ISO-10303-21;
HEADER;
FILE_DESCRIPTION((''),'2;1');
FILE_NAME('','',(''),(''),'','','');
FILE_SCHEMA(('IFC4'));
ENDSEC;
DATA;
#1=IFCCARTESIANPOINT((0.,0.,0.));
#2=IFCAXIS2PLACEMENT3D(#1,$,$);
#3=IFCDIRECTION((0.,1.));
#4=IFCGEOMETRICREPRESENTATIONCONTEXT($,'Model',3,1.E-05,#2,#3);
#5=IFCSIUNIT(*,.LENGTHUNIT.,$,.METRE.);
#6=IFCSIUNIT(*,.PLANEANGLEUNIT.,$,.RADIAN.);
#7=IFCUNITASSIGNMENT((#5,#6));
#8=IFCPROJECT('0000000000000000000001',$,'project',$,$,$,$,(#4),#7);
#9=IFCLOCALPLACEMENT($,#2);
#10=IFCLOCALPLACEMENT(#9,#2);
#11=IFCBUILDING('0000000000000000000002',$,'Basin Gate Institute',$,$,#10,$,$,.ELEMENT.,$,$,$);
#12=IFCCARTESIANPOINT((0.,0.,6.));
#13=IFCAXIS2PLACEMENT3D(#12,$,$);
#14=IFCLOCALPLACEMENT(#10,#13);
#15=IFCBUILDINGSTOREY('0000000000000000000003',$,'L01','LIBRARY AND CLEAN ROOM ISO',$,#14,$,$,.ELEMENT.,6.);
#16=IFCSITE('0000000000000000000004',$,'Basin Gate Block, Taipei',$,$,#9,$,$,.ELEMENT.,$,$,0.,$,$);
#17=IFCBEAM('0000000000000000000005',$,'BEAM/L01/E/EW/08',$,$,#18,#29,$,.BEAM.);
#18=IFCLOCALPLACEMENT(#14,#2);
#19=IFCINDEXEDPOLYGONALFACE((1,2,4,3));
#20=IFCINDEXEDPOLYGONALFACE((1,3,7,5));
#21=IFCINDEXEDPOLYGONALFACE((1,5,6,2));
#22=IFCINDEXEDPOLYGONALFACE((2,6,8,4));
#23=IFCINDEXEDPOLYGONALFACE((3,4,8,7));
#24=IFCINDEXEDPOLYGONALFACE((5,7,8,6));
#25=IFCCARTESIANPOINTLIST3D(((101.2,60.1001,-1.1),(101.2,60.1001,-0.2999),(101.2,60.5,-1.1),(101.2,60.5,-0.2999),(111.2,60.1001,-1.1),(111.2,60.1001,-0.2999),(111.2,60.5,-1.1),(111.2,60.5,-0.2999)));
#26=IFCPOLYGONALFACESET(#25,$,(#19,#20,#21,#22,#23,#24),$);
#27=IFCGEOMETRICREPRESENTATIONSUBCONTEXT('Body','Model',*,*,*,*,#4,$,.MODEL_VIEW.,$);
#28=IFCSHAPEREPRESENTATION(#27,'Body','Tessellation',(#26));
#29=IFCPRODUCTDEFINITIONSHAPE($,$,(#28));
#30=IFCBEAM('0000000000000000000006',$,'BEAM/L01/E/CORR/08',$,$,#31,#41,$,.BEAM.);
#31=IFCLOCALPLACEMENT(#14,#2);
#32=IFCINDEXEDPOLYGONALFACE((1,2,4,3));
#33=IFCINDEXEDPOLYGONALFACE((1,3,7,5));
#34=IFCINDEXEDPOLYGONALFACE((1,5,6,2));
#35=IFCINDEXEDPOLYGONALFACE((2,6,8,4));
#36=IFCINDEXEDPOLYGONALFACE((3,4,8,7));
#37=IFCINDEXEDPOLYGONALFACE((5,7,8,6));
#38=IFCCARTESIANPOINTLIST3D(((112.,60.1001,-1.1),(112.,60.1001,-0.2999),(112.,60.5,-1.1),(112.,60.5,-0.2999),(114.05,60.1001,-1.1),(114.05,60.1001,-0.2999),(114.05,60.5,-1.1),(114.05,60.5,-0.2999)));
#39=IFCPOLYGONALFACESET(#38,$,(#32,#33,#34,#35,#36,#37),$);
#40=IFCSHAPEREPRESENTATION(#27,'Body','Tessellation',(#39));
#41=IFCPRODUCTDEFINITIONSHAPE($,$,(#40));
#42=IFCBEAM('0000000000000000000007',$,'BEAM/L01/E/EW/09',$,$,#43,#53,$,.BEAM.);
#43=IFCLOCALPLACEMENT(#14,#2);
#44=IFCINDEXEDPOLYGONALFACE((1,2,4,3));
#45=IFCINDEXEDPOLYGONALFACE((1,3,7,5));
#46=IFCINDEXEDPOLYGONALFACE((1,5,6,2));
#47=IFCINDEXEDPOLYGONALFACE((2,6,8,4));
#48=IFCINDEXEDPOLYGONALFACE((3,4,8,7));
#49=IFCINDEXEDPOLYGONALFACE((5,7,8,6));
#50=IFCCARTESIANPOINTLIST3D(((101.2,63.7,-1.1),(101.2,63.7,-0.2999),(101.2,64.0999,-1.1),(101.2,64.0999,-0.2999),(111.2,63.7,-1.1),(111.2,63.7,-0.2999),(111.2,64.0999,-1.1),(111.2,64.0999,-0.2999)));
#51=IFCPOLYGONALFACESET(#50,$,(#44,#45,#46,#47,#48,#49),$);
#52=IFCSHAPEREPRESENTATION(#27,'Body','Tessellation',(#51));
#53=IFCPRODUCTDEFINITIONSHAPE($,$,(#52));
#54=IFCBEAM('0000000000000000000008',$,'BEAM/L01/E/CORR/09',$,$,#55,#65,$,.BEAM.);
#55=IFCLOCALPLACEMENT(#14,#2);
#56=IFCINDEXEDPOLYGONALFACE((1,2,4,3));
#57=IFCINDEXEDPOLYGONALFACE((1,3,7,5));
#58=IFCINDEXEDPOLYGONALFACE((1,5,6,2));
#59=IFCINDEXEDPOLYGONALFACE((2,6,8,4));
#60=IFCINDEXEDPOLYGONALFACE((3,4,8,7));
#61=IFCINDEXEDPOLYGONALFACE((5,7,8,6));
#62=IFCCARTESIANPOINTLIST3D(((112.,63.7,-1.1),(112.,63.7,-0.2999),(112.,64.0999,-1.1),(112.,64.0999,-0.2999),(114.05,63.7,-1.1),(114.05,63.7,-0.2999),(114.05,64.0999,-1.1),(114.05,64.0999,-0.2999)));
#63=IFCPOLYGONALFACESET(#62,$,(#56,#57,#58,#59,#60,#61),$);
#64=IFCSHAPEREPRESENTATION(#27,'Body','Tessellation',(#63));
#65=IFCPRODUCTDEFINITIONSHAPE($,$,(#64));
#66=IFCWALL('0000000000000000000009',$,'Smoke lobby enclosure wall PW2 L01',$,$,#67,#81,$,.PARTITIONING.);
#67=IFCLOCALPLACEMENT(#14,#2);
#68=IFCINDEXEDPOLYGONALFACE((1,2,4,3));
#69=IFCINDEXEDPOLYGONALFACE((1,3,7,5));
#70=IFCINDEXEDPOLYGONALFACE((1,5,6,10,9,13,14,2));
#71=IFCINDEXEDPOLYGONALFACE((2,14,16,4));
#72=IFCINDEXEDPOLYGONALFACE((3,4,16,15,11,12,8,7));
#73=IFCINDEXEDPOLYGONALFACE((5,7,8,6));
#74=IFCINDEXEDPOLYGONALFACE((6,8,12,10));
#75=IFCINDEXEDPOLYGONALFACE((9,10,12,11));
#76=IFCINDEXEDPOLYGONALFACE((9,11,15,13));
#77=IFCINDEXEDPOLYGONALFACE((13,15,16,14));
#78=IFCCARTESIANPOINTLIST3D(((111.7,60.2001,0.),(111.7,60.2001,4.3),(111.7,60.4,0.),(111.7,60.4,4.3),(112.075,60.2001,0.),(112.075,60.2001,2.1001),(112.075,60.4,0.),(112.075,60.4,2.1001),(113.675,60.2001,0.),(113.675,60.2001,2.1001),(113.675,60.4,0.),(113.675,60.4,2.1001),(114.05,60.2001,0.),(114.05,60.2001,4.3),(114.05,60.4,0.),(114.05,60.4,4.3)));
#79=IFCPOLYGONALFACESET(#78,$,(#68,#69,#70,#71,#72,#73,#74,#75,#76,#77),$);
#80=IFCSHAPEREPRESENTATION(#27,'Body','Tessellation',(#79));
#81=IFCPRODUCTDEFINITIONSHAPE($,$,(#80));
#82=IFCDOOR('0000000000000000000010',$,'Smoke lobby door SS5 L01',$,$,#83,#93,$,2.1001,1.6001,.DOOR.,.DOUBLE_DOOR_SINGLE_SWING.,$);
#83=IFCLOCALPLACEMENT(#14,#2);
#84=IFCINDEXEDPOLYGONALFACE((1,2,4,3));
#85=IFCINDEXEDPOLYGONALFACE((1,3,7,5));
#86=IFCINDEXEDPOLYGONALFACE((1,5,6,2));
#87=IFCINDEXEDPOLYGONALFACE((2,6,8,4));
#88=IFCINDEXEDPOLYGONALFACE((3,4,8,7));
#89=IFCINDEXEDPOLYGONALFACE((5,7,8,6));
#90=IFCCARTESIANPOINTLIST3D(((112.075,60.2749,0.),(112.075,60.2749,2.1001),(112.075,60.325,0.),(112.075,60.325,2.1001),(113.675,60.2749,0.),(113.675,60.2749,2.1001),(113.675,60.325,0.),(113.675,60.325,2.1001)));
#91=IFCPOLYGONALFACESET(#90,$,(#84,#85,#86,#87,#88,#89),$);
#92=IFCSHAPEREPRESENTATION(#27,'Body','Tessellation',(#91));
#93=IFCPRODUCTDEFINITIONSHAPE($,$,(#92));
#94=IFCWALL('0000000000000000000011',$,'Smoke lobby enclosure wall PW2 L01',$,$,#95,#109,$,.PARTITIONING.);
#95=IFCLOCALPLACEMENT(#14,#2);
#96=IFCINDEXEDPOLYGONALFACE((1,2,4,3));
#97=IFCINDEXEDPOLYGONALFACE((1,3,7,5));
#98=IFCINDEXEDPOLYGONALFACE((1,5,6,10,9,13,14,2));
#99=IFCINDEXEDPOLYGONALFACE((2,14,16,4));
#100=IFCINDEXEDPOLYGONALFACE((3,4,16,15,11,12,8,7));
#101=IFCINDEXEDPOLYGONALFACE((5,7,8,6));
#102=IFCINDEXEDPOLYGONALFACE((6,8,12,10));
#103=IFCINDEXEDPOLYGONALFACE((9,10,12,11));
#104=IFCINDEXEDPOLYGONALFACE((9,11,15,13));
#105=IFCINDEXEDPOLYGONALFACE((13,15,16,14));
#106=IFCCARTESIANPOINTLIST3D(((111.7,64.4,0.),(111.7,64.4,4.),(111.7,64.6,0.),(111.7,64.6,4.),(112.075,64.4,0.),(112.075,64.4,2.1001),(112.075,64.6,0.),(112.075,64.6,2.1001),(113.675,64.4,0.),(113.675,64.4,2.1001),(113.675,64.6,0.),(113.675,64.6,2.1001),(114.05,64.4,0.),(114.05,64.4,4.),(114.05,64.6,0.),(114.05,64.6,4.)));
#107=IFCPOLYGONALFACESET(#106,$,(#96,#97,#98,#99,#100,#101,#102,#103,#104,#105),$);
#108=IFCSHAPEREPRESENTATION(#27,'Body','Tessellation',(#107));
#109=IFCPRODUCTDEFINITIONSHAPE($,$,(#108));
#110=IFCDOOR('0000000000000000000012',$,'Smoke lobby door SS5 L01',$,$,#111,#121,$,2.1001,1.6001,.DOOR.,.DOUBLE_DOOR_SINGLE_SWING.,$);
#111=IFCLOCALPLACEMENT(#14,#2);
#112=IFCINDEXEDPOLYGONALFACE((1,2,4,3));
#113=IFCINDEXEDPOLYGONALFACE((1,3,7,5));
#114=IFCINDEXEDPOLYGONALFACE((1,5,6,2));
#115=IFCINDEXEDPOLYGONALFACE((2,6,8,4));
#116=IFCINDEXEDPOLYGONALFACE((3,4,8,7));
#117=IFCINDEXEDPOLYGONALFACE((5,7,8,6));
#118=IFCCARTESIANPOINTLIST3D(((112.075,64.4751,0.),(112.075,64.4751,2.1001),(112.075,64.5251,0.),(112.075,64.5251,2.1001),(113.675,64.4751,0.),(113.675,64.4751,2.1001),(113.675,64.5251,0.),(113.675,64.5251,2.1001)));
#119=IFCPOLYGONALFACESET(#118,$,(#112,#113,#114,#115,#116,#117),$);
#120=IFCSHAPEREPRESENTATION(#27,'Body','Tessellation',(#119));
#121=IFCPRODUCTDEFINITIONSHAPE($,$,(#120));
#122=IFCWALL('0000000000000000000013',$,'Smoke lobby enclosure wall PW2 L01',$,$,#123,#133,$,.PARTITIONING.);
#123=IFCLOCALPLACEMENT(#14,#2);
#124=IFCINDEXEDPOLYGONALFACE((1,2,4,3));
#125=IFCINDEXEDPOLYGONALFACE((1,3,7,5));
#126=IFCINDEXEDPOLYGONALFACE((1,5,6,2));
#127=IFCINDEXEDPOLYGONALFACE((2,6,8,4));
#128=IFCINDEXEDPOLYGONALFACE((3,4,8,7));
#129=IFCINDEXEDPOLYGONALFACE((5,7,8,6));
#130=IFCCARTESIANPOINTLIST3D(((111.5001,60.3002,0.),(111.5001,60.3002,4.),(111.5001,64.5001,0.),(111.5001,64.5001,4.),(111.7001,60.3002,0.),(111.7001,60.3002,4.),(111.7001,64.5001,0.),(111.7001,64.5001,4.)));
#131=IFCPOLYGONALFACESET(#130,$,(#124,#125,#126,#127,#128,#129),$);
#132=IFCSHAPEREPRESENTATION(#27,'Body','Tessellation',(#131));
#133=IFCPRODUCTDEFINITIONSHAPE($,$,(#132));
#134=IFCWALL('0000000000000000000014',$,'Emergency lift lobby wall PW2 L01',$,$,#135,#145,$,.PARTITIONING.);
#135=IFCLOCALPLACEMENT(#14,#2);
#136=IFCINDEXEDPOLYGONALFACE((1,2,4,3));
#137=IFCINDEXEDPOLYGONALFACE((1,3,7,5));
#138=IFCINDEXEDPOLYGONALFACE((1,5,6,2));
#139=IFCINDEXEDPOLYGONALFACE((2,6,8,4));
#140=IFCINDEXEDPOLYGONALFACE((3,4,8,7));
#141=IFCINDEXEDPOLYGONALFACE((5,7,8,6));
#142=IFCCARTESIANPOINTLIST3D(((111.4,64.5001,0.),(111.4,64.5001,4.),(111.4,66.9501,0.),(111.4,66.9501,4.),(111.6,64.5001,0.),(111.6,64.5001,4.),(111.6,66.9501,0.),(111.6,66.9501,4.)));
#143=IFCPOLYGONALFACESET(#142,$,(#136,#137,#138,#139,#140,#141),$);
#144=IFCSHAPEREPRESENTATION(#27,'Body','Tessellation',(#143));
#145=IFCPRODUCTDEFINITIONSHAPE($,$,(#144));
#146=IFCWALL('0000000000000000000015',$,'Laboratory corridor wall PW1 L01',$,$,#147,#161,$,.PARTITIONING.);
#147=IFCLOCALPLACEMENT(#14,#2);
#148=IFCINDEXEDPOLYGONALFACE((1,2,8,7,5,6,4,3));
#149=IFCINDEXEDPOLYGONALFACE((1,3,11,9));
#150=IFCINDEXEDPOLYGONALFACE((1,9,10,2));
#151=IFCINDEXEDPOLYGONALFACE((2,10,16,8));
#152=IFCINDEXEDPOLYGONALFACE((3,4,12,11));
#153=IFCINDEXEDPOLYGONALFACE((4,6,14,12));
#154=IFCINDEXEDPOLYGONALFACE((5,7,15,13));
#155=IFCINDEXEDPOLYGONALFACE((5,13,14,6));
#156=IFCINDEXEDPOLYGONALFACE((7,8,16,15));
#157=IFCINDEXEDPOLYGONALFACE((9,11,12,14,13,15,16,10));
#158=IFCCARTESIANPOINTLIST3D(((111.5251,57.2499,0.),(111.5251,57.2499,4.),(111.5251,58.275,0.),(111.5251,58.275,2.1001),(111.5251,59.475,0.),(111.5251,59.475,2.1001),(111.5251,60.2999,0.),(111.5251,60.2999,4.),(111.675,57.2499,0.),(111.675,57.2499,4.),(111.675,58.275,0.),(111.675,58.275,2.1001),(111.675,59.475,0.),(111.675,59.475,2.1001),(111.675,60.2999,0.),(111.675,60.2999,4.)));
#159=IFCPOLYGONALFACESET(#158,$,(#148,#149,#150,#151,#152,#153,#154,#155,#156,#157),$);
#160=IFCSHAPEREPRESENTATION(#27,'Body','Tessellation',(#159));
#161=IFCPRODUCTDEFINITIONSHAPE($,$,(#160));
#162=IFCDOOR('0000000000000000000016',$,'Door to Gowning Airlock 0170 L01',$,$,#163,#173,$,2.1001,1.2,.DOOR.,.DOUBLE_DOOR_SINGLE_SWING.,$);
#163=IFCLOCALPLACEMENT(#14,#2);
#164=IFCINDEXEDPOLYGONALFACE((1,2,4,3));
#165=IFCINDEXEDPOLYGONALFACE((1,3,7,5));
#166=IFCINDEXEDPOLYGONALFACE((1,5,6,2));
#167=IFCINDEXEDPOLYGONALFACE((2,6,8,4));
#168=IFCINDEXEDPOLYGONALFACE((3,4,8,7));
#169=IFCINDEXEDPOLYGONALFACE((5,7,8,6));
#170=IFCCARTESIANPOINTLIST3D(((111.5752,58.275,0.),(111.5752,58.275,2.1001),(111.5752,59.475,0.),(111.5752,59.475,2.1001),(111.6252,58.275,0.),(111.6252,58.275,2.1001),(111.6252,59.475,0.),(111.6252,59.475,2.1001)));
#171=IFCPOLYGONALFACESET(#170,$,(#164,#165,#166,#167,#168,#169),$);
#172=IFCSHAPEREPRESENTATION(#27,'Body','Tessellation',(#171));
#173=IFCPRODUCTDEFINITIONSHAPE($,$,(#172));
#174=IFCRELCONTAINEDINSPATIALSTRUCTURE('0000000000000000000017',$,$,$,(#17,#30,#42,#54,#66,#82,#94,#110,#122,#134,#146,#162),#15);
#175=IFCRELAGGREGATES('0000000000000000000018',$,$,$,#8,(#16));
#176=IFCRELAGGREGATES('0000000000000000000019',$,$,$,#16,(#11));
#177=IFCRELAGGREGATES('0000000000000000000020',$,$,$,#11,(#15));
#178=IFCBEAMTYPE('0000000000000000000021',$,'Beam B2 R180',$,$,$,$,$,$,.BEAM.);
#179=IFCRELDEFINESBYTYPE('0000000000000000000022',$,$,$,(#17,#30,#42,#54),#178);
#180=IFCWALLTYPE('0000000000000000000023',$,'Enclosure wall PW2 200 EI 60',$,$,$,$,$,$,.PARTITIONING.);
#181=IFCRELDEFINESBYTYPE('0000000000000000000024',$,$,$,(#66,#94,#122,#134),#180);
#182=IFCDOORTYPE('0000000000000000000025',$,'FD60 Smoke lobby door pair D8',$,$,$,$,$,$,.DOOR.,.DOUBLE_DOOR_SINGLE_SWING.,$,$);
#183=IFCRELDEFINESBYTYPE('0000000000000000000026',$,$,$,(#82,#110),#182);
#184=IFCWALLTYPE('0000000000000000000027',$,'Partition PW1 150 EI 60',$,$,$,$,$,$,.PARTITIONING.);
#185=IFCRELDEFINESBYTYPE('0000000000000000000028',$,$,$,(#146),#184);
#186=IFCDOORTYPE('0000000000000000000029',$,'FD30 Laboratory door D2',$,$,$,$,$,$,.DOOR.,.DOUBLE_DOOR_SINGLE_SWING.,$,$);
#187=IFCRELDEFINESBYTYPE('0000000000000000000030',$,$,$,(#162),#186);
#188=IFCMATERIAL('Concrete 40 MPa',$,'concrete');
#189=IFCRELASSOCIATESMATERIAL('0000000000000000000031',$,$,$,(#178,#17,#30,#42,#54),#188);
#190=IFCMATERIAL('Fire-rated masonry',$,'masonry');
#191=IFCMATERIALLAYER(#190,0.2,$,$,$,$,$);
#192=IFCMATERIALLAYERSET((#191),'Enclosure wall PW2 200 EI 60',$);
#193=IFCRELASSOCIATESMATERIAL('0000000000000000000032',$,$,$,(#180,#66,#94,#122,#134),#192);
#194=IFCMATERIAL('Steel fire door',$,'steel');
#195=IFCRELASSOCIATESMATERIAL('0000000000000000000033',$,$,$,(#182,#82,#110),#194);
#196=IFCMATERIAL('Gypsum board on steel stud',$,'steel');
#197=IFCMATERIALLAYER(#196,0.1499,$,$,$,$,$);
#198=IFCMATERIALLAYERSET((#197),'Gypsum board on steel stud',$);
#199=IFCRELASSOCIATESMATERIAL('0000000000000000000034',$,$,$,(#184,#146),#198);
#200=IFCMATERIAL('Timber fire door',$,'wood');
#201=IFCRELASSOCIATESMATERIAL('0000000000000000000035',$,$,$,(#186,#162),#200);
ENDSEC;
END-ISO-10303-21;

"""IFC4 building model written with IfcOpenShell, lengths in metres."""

from ifc_helpers import new_model, si_unit, direction, frame, frame_2d, origin, origin_2d, place, context, subcontext, project, spatial, rectangle, extrude, material, layer, layer_set, material_profile, profile_set, type_object, element, fill, save


model = new_model("IFC4")

# Units and contexts
model_context = context("Model", 3, precision=1e-05, world=origin(), true_north=direction((0.0, 1.0)))
body_context = subcontext(model_context, "Body", "Model", "MODEL_VIEW")
ifc_project = project(units=[si_unit("LENGTHUNIT", "METRE"), si_unit("PLANEANGLEUNIT", "RADIAN")], contexts=[model_context])

# Site, building, storey
site_placement = place(None, origin())
site = spatial("IfcSite", under=ifc_project, at=site_placement, Name="Basin Gate Block, Taipei", CompositionType="ELEMENT", RefElevation=0.0)
building_placement = place(site_placement, origin())
building = spatial("IfcBuilding", under=site, at=building_placement, Name="Basin Gate Institute", CompositionType="ELEMENT")
storey_placement = place(building_placement, frame((0.0, 0.0, 6.0)))
storey = spatial("IfcBuildingStorey", under=building, at=storey_placement, Name="L01", Description="LIBRARY AND CLEAN ROOM ISO", CompositionType="ELEMENT", Elevation=6.0)

# Beams
ifc_material_1 = material(Name="Concrete 40 MPa", Category="concrete")
ifc_material_profile = material_profile(ifc_material_1, rectangle(XDim=0.3999, YDim=0.8, at=origin_2d()), Name="Beam B2 400 x 800")
ifc_profile_set = profile_set([ifc_material_profile], Name="Concrete 40 MPa")
beam_type = type_object("IfcBeamType", Name="Beam B2 R180", PredefinedType="BEAM", material=ifc_profile_set)
beam_1_placement = place(storey_placement, frame((111.2, 60.3, -0.7), z_axis=(-1.0, 0.0, 0.0), x_axis=(0.0, -1.0, 0.0)))
element("IfcBeam", 1, at=beam_1_placement, inside=storey, type_object=beam_type, material=ifc_profile_set, Name="BEAM/L01/E/EW/08", PredefinedType="BEAM", context=body_context, shape_type="SweptSolid", body=[
    extrude(rectangle(XDim=0.3999, YDim=0.8, at=origin_2d()), origin(), (0.0, 0.0, 1.0), 10.0),
])
beam_2_placement = place(storey_placement, frame((114.05, 60.3, -0.7), z_axis=(-1.0, 0.0, 0.0), x_axis=(0.0, -1.0, 0.0)))
element("IfcBeam", 2, at=beam_2_placement, inside=storey, type_object=beam_type, material=ifc_profile_set, Name="BEAM/L01/E/CORR/08", PredefinedType="BEAM", context=body_context, shape_type="SweptSolid", body=[
    extrude(rectangle(XDim=0.3999, YDim=0.8, at=origin_2d()), origin(), (0.0, 0.0, 1.0), 2.05),
])
beam_3_placement = place(storey_placement, frame((111.2, 63.8999, -0.7), z_axis=(-1.0, 0.0, 0.0), x_axis=(0.0, -1.0, 0.0)))
element("IfcBeam", 3, at=beam_3_placement, inside=storey, type_object=beam_type, material=ifc_profile_set, Name="BEAM/L01/E/EW/09", PredefinedType="BEAM", context=body_context, shape_type="SweptSolid", body=[
    extrude(rectangle(XDim=0.3999, YDim=0.8, at=origin_2d()), origin(), (0.0, 0.0, 1.0), 10.0),
])
beam_4_placement = place(storey_placement, frame((114.05, 63.8999, -0.7), z_axis=(-1.0, 0.0, 0.0), x_axis=(0.0, -1.0, 0.0)))
element("IfcBeam", 4, at=beam_4_placement, inside=storey, type_object=beam_type, material=ifc_profile_set, Name="BEAM/L01/E/CORR/09", PredefinedType="BEAM", context=body_context, shape_type="SweptSolid", body=[
    extrude(rectangle(XDim=0.3999, YDim=0.8, at=origin_2d()), origin(), (0.0, 0.0, 1.0), 2.05),
])

# Walls, openings, doors
ifc_material_2 = material(Name="Fire-rated masonry", Category="masonry")
ifc_layer_1 = layer(ifc_material_2, 0.2)
ifc_layer_set_1 = layer_set([ifc_layer_1], Name="Enclosure wall PW2 200 EI 60")
wall_type_1 = type_object("IfcWallType", Name="Enclosure wall PW2 200 EI 60", PredefinedType="PARTITIONING", material=ifc_layer_set_1)
wall_1_placement = place(storey_placement, frame((114.05, 60.3, 0.0), z_axis=(0.0, 0.0, 1.0), x_axis=(-1.0, 0.0, 0.0)))
wall_1 = element("IfcWall", 5, at=wall_1_placement, inside=storey, type_object=wall_type_1, material=ifc_layer_set_1, Name="Smoke lobby enclosure wall PW2 L01", PredefinedType="PARTITIONING", context=body_context, shape_type="SweptSolid", body=[
    extrude(rectangle(XDim=2.3501, YDim=0.2, at=frame_2d((1.175, 0.0))), origin(), (0.0, 0.0, 1.0), 4.3),
])
opening_1_placement = place(wall_1_placement, frame((0.375, 0.0, 0.0)))
opening_1 = element("IfcOpeningElement", 6, at=opening_1_placement, cuts=wall_1, PredefinedType="OPENING", context=body_context, shape_type="SweptSolid", body=[
    extrude(rectangle(XDim=1.6001, YDim=2.1001, at=frame_2d((0.8, 1.05))), frame((0.0, 0.1099, 0.0), z_axis=(0.0, -1.0, 0.0), x_axis=(1.0, 0.0, 0.0)), (0.0, 0.0, 1.0), 0.22),
])
ifc_material_3 = material(Name="Steel fire door", Category="steel")
door_type_1 = type_object("IfcDoorType", Name="FD60 Smoke lobby door pair D8", OperationType="DOUBLE_DOOR_SINGLE_SWING", PredefinedType="DOOR", material=ifc_material_3)
door_1_placement = place(opening_1_placement, frame((1.6001, 0.0, 0.0), z_axis=(0.0, 0.0, 1.0), x_axis=(-1.0, 0.0, 0.0)))
door_1 = element("IfcDoor", 7, at=door_1_placement, inside=storey, type_object=door_type_1, material=ifc_material_3, Name="Smoke lobby door SS5 L01", OperationType="DOUBLE_DOOR_SINGLE_SWING", OverallHeight=2.1001, OverallWidth=1.6001, PredefinedType="DOOR", context=body_context, shape_type="SweptSolid", body=[
    extrude(rectangle(XDim=1.6001, YDim=2.1001, at=frame_2d((0.8, 1.05))), frame((0.0, 0.0249, 0.0), z_axis=(0.0, -1.0, 0.0), x_axis=(1.0, 0.0, 0.0)), (0.0, 0.0, 1.0), 0.05),
])
fill(opening_1, door_1)
wall_2_placement = place(storey_placement, frame((114.05, 64.5, 0.0), z_axis=(0.0, 0.0, 1.0), x_axis=(-1.0, 0.0, 0.0)))
wall_2 = element("IfcWall", 8, at=wall_2_placement, inside=storey, type_object=wall_type_1, material=ifc_layer_set_1, Name="Smoke lobby enclosure wall PW2 L01", PredefinedType="PARTITIONING", context=body_context, shape_type="SweptSolid", body=[
    extrude(rectangle(XDim=2.3501, YDim=0.2, at=frame_2d((1.175, 0.0))), origin(), (0.0, 0.0, 1.0), 4.0),
])
opening_2_placement = place(wall_2_placement, frame((0.375, 0.0, 0.0)))
opening_2 = element("IfcOpeningElement", 9, at=opening_2_placement, cuts=wall_2, PredefinedType="OPENING", context=body_context, shape_type="SweptSolid", body=[
    extrude(rectangle(XDim=1.6001, YDim=2.1001, at=frame_2d((0.8, 1.05))), frame((0.0, 0.1099, 0.0), z_axis=(0.0, -1.0, 0.0), x_axis=(1.0, 0.0, 0.0)), (0.0, 0.0, 1.0), 0.22),
])
door_2_placement = place(opening_2_placement, origin())
door_2 = element("IfcDoor", 10, at=door_2_placement, inside=storey, type_object=door_type_1, material=ifc_material_3, Name="Smoke lobby door SS5 L01", OperationType="DOUBLE_DOOR_SINGLE_SWING", OverallHeight=2.1001, OverallWidth=1.6001, PredefinedType="DOOR", context=body_context, shape_type="SweptSolid", body=[
    extrude(rectangle(XDim=1.6001, YDim=2.1001, at=frame_2d((0.8, 1.05))), frame((0.0, 0.0249, 0.0), z_axis=(0.0, -1.0, 0.0), x_axis=(1.0, 0.0, 0.0)), (0.0, 0.0, 1.0), 0.05),
])
fill(opening_2, door_2)

# Walls
wall_3_placement = place(storey_placement, frame((111.6001, 60.3, 0.0), z_axis=(0.0, 0.0, 1.0), x_axis=(0.0, 1.0, 0.0)))
element("IfcWall", 11, at=wall_3_placement, inside=storey, type_object=wall_type_1, material=ifc_layer_set_1, Name="Smoke lobby enclosure wall PW2 L01", PredefinedType="PARTITIONING", context=body_context, shape_type="SweptSolid", body=[
    extrude(rectangle(XDim=4.2, YDim=0.2, at=frame_2d((2.1001, 0.0))), origin(), (0.0, 0.0, 1.0), 4.0),
])
wall_4_placement = place(storey_placement, frame((111.5, 64.5, 0.0), z_axis=(0.0, 0.0, 1.0), x_axis=(0.0, 1.0, 0.0)))
element("IfcWall", 12, at=wall_4_placement, inside=storey, type_object=wall_type_1, material=ifc_layer_set_1, Name="Emergency lift lobby wall PW2 L01", PredefinedType="PARTITIONING", context=body_context, shape_type="SweptSolid", body=[
    extrude(rectangle(XDim=2.45, YDim=0.2, at=frame_2d((1.2251, 0.0))), origin(), (0.0, 0.0, 1.0), 4.0),
])

# Wall, opening, door
ifc_material_4 = material(Name="Gypsum board on steel stud", Category="steel")
ifc_layer_2 = layer(ifc_material_4, 0.1499)
ifc_layer_set_2 = layer_set([ifc_layer_2], Name="Gypsum board on steel stud")
wall_type_2 = type_object("IfcWallType", Name="Partition PW1 150 EI 60", PredefinedType="PARTITIONING", material=ifc_layer_set_2)
wall_5_placement = place(storey_placement, frame((111.6001, 57.25, 0.0), z_axis=(0.0, 0.0, 1.0), x_axis=(0.0, 1.0, 0.0)))
wall_5 = element("IfcWall", 13, at=wall_5_placement, inside=storey, type_object=wall_type_2, material=ifc_layer_set_2, Name="Laboratory corridor wall PW1 L01", PredefinedType="PARTITIONING", context=body_context, shape_type="SweptSolid", body=[
    extrude(rectangle(XDim=3.05, YDim=0.1499, at=frame_2d((1.5249, 0.0))), origin(), (0.0, 0.0, 1.0), 4.0),
])
opening_3_placement = place(wall_5_placement, frame((1.0249, 0.0, 0.0)))
opening_3 = element("IfcOpeningElement", 14, at=opening_3_placement, cuts=wall_5, PredefinedType="OPENING", context=body_context, shape_type="SweptSolid", body=[
    extrude(rectangle(XDim=1.2, YDim=2.1001, at=frame_2d((0.6001, 1.05))), frame((0.0, 0.085, 0.0), z_axis=(0.0, -1.0, 0.0), x_axis=(1.0, 0.0, 0.0)), (0.0, 0.0, 1.0), 0.1699),
])
ifc_material_5 = material(Name="Timber fire door", Category="wood")
door_type_2 = type_object("IfcDoorType", Name="FD30 Laboratory door D2", OperationType="DOUBLE_DOOR_SINGLE_SWING", PredefinedType="DOOR", material=ifc_material_5)
door_3_placement = place(opening_3_placement, origin())
door_3 = element("IfcDoor", 15, at=door_3_placement, inside=storey, type_object=door_type_2, material=ifc_material_5, Name="Door to Gowning Airlock 0170 L01", OperationType="DOUBLE_DOOR_SINGLE_SWING", OverallHeight=2.1001, OverallWidth=1.2, PredefinedType="DOOR", context=body_context, shape_type="SweptSolid", body=[
    extrude(rectangle(XDim=1.2, YDim=2.1001, at=frame_2d((0.6001, 1.05))), frame((0.0, 0.0249, 0.0), z_axis=(0.0, -1.0, 0.0), x_axis=(1.0, 0.0, 0.0)), (0.0, 0.0, 1.0), 0.05),
])
fill(opening_3, door_3)

save(model, "model.ifc")
